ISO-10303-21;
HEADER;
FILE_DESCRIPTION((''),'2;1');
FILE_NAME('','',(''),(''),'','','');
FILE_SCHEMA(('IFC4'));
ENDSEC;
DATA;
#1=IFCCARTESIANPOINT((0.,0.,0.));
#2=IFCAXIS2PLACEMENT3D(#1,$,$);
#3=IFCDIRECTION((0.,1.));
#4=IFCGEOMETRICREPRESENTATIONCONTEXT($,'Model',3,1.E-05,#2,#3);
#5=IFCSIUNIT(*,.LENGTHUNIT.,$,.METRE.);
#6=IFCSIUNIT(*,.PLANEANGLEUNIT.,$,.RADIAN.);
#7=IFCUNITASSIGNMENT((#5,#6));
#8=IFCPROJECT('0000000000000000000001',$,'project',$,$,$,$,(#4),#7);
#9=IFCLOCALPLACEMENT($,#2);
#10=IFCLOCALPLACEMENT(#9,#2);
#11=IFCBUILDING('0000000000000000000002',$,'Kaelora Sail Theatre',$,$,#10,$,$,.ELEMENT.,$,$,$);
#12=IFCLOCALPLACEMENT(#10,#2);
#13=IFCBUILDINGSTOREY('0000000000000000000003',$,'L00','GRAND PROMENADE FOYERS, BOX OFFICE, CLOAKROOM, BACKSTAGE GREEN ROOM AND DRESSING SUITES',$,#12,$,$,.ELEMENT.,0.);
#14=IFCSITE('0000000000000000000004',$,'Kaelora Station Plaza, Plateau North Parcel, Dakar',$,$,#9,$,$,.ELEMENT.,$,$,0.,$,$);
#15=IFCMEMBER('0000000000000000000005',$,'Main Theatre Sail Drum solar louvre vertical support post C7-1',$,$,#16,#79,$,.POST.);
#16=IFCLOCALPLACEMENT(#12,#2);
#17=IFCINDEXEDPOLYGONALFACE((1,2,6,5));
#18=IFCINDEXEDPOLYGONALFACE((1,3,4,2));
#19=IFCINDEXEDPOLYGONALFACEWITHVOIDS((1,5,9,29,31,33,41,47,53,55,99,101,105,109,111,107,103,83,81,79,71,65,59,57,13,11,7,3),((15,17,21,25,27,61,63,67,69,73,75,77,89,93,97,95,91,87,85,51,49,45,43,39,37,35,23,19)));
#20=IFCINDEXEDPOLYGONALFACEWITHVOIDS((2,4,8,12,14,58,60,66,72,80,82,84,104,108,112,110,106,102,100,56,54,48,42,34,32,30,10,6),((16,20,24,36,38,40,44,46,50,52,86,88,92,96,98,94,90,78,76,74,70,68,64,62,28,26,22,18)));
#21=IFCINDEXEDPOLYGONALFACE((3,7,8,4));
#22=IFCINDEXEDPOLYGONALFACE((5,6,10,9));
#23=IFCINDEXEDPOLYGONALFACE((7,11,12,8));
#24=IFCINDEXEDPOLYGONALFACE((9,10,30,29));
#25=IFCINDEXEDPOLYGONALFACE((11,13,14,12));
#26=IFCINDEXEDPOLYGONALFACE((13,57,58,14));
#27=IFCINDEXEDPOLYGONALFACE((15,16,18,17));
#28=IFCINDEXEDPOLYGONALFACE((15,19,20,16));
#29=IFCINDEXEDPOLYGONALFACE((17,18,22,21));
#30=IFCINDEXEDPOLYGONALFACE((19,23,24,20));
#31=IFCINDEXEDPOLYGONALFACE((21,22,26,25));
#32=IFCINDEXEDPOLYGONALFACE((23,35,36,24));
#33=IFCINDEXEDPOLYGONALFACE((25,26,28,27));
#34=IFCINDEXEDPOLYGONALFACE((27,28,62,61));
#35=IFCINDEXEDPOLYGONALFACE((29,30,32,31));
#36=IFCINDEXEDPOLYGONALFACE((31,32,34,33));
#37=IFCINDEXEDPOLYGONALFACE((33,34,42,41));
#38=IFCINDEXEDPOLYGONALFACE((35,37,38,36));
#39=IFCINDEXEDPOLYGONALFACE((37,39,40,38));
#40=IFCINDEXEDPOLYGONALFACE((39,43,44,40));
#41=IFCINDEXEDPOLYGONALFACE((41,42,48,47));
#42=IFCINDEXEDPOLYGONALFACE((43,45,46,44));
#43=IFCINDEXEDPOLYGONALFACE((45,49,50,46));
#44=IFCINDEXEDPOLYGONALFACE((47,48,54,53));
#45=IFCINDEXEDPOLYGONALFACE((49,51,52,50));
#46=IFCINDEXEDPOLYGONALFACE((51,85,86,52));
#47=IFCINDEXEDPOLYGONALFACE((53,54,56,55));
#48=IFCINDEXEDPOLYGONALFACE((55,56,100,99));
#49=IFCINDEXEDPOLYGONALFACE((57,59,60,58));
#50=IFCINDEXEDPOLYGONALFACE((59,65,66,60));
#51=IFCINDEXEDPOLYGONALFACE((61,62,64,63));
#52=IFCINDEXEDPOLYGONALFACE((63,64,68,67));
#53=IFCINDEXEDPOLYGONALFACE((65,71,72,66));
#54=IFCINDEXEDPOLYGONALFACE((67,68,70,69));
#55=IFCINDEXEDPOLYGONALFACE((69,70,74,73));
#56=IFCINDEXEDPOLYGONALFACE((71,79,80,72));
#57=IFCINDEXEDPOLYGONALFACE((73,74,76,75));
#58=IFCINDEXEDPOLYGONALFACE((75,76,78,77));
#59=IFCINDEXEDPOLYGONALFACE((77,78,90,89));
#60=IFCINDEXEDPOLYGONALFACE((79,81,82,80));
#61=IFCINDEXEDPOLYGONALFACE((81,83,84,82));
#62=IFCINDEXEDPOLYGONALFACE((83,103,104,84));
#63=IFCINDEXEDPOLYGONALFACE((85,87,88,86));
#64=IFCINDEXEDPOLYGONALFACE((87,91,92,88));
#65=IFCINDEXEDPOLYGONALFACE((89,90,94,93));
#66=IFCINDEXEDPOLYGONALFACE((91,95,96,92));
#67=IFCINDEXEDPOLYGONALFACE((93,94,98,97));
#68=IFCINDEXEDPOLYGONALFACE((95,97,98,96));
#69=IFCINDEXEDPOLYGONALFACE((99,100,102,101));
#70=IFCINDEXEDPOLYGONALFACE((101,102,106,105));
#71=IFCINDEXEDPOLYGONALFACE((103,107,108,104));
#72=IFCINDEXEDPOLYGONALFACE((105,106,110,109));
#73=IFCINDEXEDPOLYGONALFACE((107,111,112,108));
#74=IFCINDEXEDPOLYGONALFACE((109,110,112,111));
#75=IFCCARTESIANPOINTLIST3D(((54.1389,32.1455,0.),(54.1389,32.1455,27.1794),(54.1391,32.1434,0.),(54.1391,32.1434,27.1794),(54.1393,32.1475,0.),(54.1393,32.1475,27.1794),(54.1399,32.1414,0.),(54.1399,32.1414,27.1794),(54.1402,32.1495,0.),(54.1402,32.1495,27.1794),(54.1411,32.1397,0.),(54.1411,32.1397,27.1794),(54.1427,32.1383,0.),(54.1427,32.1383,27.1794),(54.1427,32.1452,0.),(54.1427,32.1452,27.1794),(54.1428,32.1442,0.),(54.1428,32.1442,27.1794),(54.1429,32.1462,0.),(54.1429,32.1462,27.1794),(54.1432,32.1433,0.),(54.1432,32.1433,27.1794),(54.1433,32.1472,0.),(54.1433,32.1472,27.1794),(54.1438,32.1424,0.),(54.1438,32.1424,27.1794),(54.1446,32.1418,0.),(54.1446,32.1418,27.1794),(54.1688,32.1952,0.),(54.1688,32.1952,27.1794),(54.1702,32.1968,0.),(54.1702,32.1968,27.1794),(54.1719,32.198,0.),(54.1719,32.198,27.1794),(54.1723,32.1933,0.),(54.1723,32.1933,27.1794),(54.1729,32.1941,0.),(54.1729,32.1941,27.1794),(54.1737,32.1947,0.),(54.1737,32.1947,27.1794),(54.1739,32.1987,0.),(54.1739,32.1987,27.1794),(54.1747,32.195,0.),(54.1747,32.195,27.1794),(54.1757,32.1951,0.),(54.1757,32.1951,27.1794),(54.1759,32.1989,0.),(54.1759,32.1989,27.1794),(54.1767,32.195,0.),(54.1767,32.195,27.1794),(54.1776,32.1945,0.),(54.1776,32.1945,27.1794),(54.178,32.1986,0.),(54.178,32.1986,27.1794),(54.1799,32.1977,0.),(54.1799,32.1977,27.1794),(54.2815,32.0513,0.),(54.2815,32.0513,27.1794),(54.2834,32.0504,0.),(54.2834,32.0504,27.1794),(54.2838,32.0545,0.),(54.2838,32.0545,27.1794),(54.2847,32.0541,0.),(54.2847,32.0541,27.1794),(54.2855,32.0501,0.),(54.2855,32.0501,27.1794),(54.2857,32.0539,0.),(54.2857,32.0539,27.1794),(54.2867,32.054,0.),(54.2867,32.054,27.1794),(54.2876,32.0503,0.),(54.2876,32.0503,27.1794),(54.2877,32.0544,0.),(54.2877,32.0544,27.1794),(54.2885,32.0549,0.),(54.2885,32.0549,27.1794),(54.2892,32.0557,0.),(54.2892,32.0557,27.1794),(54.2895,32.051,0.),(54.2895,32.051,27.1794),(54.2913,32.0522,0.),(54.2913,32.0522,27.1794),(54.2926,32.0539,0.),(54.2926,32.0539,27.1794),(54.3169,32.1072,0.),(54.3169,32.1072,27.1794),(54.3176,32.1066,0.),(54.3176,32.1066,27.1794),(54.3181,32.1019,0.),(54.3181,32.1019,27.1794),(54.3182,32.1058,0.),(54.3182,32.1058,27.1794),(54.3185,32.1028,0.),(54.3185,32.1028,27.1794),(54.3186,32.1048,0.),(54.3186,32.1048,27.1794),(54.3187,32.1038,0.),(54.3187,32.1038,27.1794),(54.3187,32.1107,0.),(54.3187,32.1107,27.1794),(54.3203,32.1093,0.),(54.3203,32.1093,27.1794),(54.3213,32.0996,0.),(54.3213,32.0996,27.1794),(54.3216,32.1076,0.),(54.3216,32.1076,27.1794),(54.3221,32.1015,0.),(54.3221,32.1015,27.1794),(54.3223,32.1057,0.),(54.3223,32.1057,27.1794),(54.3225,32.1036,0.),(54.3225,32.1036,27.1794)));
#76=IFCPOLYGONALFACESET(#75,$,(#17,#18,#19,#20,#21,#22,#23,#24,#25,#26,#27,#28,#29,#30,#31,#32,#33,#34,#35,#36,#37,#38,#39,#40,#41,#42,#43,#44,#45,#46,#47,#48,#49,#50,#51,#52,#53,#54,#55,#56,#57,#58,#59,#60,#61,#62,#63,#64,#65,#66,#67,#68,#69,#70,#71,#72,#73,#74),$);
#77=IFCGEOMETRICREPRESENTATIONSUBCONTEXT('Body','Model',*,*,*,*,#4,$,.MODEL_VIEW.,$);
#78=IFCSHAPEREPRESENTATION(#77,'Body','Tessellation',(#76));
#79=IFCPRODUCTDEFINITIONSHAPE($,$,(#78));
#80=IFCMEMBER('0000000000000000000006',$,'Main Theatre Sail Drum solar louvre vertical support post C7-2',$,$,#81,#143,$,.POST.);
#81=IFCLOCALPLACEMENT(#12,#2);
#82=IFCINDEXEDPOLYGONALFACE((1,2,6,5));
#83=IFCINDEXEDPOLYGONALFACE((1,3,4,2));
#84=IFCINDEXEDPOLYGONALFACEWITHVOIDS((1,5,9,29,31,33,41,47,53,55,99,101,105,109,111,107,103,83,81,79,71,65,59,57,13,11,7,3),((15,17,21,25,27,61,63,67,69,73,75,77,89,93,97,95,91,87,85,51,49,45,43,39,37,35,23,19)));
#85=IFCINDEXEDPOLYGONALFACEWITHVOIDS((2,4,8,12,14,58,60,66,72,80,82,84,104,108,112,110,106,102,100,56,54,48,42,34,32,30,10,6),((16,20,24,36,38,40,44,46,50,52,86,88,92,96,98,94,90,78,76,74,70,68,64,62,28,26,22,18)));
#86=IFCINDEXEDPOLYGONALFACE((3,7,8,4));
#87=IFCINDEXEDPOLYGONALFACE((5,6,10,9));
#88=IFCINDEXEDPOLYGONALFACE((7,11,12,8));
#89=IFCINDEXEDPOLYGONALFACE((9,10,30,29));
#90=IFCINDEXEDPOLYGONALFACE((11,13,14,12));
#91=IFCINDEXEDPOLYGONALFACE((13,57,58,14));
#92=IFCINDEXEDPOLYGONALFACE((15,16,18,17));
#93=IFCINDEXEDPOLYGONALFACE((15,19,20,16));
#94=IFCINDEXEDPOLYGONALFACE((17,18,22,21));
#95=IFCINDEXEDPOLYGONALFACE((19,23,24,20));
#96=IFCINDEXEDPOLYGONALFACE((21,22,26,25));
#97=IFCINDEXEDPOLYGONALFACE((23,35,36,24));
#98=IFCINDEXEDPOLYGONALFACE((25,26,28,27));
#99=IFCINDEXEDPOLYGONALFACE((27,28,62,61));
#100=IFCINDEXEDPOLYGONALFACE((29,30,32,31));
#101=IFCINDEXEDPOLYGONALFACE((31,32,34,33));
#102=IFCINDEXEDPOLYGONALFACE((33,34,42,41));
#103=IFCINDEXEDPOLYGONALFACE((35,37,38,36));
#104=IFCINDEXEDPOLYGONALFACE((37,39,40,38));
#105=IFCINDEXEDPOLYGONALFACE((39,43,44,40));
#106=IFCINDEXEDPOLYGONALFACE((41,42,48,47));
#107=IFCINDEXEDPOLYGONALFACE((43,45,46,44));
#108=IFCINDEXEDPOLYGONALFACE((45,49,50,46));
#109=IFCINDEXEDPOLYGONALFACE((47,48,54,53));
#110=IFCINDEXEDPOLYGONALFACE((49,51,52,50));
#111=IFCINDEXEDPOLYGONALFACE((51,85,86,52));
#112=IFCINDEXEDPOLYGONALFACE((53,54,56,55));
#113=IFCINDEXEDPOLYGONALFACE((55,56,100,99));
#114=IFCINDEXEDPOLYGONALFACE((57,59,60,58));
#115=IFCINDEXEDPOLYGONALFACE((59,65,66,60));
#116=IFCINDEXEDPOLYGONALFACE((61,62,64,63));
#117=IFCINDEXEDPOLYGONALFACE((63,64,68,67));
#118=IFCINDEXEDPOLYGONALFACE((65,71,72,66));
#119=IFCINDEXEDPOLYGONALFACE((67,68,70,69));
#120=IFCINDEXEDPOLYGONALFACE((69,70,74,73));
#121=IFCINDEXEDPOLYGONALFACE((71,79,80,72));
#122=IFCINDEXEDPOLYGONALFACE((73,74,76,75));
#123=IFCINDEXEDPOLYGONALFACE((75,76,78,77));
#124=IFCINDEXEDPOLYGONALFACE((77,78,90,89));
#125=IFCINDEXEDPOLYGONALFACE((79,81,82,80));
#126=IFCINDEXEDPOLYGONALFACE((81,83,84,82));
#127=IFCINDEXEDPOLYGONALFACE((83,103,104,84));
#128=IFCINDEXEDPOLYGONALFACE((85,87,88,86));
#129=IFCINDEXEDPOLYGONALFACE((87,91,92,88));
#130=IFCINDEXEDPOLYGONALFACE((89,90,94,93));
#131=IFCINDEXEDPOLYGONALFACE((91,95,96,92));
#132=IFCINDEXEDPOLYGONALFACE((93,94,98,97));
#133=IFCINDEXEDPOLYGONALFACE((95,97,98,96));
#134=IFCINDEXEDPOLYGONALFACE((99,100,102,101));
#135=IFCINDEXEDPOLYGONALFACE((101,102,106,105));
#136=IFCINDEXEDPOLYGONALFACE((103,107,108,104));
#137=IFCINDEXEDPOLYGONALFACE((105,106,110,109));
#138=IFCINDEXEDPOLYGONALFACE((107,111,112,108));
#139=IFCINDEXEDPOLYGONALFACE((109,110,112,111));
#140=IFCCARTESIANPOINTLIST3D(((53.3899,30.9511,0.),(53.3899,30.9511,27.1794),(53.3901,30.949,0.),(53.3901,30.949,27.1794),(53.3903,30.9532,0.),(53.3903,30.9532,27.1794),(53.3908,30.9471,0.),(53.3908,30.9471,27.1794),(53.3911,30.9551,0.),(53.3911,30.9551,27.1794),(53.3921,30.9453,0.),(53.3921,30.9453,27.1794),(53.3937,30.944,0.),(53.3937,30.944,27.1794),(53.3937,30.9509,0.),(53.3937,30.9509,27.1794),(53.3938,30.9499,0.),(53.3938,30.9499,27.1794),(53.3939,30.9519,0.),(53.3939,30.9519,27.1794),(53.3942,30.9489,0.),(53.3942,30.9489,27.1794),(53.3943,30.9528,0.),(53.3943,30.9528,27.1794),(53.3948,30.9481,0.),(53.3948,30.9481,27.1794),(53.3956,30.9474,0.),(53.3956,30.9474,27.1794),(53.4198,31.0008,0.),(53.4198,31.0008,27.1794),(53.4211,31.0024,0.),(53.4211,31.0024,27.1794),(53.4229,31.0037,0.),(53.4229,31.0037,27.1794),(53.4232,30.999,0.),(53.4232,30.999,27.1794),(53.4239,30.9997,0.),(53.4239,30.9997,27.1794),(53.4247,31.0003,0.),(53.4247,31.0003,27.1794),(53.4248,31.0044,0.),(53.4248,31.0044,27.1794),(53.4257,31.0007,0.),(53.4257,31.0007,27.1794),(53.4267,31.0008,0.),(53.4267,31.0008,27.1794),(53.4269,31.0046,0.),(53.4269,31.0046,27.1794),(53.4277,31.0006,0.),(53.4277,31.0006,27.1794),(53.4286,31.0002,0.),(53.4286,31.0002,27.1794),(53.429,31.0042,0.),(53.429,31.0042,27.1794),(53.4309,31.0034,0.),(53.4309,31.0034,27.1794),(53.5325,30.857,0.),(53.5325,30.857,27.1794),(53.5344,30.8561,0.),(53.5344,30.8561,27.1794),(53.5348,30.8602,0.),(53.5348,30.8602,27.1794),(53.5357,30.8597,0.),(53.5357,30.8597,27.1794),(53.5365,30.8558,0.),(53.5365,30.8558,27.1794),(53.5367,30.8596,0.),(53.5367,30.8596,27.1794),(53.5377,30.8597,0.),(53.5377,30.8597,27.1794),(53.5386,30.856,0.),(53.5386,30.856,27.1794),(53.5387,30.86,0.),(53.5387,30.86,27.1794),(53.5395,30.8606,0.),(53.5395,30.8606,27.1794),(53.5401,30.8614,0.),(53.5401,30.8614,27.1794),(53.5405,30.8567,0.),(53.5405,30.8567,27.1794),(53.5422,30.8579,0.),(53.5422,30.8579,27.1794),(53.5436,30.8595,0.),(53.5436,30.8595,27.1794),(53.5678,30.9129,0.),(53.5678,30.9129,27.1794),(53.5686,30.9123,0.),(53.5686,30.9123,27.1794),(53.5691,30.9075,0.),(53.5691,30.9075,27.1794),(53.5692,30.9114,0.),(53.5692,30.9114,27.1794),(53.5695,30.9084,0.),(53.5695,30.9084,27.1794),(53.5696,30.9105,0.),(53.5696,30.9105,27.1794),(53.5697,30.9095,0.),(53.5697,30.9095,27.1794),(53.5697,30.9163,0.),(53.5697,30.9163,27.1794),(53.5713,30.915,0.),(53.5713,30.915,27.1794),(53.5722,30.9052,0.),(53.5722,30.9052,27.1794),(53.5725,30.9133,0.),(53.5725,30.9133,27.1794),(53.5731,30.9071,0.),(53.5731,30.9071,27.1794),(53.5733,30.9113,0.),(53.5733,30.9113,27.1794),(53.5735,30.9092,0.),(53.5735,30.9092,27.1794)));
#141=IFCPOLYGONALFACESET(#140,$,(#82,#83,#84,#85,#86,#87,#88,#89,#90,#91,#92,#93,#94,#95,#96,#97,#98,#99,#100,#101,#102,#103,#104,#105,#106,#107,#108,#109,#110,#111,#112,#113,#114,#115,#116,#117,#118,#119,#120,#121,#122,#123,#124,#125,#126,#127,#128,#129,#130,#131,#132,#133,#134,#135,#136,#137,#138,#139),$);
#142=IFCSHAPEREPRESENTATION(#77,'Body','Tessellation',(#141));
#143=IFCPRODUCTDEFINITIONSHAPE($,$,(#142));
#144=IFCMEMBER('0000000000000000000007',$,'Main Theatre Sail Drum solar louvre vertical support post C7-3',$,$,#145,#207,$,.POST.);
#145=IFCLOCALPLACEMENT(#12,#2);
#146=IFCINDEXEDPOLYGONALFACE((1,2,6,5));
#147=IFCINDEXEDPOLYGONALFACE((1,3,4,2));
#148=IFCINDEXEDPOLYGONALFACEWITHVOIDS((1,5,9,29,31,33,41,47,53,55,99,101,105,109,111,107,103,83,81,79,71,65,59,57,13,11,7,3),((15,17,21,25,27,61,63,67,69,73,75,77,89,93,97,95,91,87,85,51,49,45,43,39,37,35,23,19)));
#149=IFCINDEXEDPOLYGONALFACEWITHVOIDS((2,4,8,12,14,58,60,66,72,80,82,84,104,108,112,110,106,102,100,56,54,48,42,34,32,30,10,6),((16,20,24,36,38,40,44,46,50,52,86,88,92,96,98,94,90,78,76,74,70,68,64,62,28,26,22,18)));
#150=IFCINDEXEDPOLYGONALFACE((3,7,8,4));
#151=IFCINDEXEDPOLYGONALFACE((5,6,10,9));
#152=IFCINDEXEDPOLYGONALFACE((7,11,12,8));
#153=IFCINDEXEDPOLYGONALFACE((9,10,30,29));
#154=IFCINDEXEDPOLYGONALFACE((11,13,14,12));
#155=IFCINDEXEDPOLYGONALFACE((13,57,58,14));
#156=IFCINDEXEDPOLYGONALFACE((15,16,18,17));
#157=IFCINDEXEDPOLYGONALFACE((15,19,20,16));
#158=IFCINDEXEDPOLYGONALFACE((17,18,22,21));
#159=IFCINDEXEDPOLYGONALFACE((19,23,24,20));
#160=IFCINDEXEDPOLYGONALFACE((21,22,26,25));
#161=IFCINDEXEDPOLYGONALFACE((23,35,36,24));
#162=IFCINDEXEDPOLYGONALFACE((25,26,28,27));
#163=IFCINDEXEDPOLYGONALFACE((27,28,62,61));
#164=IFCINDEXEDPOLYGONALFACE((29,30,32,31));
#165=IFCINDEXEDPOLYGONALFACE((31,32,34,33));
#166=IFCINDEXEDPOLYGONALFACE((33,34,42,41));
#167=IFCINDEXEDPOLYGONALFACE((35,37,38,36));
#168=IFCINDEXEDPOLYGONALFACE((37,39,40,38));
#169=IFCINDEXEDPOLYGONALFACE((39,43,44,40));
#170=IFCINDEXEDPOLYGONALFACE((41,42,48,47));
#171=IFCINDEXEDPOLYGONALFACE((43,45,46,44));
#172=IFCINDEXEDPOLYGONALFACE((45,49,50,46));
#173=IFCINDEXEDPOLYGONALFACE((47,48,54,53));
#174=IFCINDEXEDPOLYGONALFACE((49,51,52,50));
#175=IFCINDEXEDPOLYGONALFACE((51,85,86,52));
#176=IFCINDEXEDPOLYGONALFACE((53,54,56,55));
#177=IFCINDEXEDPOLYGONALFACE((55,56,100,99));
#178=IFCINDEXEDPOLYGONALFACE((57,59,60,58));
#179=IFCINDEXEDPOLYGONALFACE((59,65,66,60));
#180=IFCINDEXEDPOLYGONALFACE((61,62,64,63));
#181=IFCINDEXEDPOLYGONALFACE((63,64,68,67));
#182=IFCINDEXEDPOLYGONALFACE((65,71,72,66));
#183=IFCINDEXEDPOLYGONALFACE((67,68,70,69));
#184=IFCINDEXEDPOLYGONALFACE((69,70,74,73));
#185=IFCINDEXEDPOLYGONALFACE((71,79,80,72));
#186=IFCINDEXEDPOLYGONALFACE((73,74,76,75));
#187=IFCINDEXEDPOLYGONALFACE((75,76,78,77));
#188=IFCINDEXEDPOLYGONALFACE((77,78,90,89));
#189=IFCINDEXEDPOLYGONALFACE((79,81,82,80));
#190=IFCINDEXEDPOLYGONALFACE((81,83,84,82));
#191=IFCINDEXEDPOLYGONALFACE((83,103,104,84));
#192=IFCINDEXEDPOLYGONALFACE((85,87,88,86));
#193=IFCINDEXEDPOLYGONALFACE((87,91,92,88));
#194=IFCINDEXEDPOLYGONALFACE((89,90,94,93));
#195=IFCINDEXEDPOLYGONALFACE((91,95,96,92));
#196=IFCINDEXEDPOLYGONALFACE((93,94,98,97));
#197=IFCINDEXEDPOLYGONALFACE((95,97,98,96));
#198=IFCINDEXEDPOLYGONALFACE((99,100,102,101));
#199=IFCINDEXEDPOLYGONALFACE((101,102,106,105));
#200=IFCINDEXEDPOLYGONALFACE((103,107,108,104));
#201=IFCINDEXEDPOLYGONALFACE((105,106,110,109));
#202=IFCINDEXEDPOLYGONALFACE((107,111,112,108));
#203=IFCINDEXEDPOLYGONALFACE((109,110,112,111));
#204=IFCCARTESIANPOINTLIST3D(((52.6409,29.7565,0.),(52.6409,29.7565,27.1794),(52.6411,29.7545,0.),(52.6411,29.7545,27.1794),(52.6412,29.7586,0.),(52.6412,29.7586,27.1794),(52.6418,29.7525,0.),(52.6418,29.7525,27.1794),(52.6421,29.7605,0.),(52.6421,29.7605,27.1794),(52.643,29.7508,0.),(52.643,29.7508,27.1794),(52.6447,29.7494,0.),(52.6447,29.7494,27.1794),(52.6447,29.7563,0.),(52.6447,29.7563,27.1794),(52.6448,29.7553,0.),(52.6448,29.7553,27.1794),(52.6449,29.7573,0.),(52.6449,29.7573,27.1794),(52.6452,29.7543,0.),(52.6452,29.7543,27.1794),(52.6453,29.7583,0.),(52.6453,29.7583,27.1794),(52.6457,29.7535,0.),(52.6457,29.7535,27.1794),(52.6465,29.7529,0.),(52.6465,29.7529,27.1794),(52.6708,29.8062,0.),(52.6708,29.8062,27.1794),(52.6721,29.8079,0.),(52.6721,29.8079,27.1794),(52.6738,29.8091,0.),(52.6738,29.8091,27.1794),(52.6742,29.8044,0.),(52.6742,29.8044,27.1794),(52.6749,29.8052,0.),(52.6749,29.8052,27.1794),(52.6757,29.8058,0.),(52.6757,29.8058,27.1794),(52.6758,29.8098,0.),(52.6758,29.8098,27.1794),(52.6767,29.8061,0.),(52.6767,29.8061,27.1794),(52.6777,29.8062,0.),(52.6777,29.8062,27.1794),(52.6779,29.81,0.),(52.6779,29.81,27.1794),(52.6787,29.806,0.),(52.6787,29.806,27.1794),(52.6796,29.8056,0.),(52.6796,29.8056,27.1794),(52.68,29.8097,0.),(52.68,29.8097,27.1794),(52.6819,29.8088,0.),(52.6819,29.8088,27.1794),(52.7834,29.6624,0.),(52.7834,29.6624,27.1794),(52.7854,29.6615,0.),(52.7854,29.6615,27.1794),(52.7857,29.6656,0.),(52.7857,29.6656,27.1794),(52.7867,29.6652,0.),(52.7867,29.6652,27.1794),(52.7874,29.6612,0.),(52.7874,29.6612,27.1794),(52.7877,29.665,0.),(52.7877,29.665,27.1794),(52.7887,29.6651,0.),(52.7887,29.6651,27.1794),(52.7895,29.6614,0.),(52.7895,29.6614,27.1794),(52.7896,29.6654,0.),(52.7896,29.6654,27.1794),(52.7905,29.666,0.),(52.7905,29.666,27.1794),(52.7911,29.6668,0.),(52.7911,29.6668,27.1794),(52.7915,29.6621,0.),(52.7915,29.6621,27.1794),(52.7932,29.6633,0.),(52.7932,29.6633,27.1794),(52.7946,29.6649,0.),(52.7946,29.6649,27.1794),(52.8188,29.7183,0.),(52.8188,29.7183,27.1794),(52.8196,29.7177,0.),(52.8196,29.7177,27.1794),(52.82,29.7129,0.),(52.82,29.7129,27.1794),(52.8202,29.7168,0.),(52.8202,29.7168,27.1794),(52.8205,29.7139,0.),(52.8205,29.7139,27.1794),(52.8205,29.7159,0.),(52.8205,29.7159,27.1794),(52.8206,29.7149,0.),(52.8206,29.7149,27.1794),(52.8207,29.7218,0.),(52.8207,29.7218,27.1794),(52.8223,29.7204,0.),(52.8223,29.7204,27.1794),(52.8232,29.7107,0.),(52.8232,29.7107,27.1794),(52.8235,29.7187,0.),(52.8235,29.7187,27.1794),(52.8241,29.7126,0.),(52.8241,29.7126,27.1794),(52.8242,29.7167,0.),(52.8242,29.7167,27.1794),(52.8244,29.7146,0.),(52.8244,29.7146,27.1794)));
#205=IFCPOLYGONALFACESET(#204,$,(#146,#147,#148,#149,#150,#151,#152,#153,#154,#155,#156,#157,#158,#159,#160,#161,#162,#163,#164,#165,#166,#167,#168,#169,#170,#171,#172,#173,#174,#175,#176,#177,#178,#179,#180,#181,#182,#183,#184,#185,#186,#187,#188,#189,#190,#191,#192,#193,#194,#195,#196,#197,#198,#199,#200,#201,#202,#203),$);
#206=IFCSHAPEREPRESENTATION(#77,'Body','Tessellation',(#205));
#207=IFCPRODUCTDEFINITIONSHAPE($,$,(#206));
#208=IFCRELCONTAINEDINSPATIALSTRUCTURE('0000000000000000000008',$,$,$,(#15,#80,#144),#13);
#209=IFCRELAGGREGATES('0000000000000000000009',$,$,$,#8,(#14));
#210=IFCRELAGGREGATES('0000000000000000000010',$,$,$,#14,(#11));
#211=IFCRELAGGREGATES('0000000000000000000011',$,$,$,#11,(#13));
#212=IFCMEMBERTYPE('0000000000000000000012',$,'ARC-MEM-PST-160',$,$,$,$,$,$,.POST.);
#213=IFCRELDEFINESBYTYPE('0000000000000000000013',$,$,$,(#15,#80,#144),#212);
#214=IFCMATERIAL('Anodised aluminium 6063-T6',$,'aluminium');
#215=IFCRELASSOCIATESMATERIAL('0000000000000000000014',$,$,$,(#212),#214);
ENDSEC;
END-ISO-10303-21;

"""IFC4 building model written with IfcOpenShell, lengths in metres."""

from ifc_helpers import new_model, si_unit, direction, frame, origin, origin_2d, place, context, subcontext, project, spatial, hollow_rectangle, extrude, material, material_profile, profile_set, type_object, element, save


model = new_model("IFC4")

# Units and contexts
model_context = context("Model", 3, precision=1e-05, world=origin(), true_north=direction((0.0, 1.0)))
body_context = subcontext(model_context, "Body", "Model", "MODEL_VIEW")
ifc_project = project(units=[si_unit("LENGTHUNIT", "METRE"), si_unit("PLANEANGLEUNIT", "RADIAN")], contexts=[model_context])

# Site, building, storey
site_placement = place(None, origin())
site = spatial("IfcSite", under=ifc_project, at=site_placement, Name="Kaelora Station Plaza, Plateau North Parcel, Dakar", CompositionType="ELEMENT", RefElevation=0.0)
building_placement = place(site_placement, origin())
building = spatial("IfcBuilding", under=site, at=building_placement, Name="Kaelora Sail Theatre", CompositionType="ELEMENT")
storey_placement = place(building_placement, origin())
storey = spatial("IfcBuildingStorey", under=building, at=storey_placement, Name="L00", Description="GRAND PROMENADE FOYERS, BOX OFFICE, CLOAKROOM, BACKSTAGE GREEN ROOM AND DRESSING SUITES", CompositionType="ELEMENT", Elevation=0.0)

# Members
ifc_material_1 = material(Name="Anodised aluminium 6063-T6", Category="aluminium")
ifc_material_profile_1 = material_profile(ifc_material_1, hollow_rectangle(XDim=0.0701, YDim=0.1799, WallThickness=0.0039, InnerFilletRadius=0.0039, OuterFilletRadius=0.0081, at=origin_2d()), Name="ALU-MULL 70x180x4")
ifc_profile_set_1 = profile_set([ifc_material_profile_1], Name="Anodised aluminium 6063-T6")
member_type_1 = type_object("IfcMemberType", Name="ARC-MEM-PST-160", PredefinedType="POST", material=ifc_profile_set_1)
for number, where, z_axis, x_axis, name in (
    (1, (54.2307, 32.1245, 0.0), (0.0, 0.0, 1.0), (-0.531251, -0.847215, 0.0), "Main Theatre Sail Drum solar louvre vertical support post C7-1"),
    (2, (53.4817, 30.9302, 0.0), (0.0, 0.0, 1.0), (-0.531251, -0.847215, 0.0), "Main Theatre Sail Drum solar louvre vertical support post C7-2"),
    (3, (52.7327, 29.7356, 0.0), (0.0, 0.0, 1.0), (-0.531251, -0.847215, 0.0), "Main Theatre Sail Drum solar louvre vertical support post C7-3"),
):
    element("IfcMember", number, at=place(storey_placement, frame(where, z_axis=z_axis, x_axis=x_axis)), inside=storey, type_object=member_type_1, Name=name, PredefinedType="POST", context=body_context, shape_type="SweptSolid", body=[
        extrude(hollow_rectangle(XDim=0.0701, YDim=0.1799, WallThickness=0.0039, InnerFilletRadius=0.0039, OuterFilletRadius=0.0081, at=origin_2d()), origin(), (0.0, 0.0, 1.0), 27.1794),
    ])

save(model, "model.ifc")
